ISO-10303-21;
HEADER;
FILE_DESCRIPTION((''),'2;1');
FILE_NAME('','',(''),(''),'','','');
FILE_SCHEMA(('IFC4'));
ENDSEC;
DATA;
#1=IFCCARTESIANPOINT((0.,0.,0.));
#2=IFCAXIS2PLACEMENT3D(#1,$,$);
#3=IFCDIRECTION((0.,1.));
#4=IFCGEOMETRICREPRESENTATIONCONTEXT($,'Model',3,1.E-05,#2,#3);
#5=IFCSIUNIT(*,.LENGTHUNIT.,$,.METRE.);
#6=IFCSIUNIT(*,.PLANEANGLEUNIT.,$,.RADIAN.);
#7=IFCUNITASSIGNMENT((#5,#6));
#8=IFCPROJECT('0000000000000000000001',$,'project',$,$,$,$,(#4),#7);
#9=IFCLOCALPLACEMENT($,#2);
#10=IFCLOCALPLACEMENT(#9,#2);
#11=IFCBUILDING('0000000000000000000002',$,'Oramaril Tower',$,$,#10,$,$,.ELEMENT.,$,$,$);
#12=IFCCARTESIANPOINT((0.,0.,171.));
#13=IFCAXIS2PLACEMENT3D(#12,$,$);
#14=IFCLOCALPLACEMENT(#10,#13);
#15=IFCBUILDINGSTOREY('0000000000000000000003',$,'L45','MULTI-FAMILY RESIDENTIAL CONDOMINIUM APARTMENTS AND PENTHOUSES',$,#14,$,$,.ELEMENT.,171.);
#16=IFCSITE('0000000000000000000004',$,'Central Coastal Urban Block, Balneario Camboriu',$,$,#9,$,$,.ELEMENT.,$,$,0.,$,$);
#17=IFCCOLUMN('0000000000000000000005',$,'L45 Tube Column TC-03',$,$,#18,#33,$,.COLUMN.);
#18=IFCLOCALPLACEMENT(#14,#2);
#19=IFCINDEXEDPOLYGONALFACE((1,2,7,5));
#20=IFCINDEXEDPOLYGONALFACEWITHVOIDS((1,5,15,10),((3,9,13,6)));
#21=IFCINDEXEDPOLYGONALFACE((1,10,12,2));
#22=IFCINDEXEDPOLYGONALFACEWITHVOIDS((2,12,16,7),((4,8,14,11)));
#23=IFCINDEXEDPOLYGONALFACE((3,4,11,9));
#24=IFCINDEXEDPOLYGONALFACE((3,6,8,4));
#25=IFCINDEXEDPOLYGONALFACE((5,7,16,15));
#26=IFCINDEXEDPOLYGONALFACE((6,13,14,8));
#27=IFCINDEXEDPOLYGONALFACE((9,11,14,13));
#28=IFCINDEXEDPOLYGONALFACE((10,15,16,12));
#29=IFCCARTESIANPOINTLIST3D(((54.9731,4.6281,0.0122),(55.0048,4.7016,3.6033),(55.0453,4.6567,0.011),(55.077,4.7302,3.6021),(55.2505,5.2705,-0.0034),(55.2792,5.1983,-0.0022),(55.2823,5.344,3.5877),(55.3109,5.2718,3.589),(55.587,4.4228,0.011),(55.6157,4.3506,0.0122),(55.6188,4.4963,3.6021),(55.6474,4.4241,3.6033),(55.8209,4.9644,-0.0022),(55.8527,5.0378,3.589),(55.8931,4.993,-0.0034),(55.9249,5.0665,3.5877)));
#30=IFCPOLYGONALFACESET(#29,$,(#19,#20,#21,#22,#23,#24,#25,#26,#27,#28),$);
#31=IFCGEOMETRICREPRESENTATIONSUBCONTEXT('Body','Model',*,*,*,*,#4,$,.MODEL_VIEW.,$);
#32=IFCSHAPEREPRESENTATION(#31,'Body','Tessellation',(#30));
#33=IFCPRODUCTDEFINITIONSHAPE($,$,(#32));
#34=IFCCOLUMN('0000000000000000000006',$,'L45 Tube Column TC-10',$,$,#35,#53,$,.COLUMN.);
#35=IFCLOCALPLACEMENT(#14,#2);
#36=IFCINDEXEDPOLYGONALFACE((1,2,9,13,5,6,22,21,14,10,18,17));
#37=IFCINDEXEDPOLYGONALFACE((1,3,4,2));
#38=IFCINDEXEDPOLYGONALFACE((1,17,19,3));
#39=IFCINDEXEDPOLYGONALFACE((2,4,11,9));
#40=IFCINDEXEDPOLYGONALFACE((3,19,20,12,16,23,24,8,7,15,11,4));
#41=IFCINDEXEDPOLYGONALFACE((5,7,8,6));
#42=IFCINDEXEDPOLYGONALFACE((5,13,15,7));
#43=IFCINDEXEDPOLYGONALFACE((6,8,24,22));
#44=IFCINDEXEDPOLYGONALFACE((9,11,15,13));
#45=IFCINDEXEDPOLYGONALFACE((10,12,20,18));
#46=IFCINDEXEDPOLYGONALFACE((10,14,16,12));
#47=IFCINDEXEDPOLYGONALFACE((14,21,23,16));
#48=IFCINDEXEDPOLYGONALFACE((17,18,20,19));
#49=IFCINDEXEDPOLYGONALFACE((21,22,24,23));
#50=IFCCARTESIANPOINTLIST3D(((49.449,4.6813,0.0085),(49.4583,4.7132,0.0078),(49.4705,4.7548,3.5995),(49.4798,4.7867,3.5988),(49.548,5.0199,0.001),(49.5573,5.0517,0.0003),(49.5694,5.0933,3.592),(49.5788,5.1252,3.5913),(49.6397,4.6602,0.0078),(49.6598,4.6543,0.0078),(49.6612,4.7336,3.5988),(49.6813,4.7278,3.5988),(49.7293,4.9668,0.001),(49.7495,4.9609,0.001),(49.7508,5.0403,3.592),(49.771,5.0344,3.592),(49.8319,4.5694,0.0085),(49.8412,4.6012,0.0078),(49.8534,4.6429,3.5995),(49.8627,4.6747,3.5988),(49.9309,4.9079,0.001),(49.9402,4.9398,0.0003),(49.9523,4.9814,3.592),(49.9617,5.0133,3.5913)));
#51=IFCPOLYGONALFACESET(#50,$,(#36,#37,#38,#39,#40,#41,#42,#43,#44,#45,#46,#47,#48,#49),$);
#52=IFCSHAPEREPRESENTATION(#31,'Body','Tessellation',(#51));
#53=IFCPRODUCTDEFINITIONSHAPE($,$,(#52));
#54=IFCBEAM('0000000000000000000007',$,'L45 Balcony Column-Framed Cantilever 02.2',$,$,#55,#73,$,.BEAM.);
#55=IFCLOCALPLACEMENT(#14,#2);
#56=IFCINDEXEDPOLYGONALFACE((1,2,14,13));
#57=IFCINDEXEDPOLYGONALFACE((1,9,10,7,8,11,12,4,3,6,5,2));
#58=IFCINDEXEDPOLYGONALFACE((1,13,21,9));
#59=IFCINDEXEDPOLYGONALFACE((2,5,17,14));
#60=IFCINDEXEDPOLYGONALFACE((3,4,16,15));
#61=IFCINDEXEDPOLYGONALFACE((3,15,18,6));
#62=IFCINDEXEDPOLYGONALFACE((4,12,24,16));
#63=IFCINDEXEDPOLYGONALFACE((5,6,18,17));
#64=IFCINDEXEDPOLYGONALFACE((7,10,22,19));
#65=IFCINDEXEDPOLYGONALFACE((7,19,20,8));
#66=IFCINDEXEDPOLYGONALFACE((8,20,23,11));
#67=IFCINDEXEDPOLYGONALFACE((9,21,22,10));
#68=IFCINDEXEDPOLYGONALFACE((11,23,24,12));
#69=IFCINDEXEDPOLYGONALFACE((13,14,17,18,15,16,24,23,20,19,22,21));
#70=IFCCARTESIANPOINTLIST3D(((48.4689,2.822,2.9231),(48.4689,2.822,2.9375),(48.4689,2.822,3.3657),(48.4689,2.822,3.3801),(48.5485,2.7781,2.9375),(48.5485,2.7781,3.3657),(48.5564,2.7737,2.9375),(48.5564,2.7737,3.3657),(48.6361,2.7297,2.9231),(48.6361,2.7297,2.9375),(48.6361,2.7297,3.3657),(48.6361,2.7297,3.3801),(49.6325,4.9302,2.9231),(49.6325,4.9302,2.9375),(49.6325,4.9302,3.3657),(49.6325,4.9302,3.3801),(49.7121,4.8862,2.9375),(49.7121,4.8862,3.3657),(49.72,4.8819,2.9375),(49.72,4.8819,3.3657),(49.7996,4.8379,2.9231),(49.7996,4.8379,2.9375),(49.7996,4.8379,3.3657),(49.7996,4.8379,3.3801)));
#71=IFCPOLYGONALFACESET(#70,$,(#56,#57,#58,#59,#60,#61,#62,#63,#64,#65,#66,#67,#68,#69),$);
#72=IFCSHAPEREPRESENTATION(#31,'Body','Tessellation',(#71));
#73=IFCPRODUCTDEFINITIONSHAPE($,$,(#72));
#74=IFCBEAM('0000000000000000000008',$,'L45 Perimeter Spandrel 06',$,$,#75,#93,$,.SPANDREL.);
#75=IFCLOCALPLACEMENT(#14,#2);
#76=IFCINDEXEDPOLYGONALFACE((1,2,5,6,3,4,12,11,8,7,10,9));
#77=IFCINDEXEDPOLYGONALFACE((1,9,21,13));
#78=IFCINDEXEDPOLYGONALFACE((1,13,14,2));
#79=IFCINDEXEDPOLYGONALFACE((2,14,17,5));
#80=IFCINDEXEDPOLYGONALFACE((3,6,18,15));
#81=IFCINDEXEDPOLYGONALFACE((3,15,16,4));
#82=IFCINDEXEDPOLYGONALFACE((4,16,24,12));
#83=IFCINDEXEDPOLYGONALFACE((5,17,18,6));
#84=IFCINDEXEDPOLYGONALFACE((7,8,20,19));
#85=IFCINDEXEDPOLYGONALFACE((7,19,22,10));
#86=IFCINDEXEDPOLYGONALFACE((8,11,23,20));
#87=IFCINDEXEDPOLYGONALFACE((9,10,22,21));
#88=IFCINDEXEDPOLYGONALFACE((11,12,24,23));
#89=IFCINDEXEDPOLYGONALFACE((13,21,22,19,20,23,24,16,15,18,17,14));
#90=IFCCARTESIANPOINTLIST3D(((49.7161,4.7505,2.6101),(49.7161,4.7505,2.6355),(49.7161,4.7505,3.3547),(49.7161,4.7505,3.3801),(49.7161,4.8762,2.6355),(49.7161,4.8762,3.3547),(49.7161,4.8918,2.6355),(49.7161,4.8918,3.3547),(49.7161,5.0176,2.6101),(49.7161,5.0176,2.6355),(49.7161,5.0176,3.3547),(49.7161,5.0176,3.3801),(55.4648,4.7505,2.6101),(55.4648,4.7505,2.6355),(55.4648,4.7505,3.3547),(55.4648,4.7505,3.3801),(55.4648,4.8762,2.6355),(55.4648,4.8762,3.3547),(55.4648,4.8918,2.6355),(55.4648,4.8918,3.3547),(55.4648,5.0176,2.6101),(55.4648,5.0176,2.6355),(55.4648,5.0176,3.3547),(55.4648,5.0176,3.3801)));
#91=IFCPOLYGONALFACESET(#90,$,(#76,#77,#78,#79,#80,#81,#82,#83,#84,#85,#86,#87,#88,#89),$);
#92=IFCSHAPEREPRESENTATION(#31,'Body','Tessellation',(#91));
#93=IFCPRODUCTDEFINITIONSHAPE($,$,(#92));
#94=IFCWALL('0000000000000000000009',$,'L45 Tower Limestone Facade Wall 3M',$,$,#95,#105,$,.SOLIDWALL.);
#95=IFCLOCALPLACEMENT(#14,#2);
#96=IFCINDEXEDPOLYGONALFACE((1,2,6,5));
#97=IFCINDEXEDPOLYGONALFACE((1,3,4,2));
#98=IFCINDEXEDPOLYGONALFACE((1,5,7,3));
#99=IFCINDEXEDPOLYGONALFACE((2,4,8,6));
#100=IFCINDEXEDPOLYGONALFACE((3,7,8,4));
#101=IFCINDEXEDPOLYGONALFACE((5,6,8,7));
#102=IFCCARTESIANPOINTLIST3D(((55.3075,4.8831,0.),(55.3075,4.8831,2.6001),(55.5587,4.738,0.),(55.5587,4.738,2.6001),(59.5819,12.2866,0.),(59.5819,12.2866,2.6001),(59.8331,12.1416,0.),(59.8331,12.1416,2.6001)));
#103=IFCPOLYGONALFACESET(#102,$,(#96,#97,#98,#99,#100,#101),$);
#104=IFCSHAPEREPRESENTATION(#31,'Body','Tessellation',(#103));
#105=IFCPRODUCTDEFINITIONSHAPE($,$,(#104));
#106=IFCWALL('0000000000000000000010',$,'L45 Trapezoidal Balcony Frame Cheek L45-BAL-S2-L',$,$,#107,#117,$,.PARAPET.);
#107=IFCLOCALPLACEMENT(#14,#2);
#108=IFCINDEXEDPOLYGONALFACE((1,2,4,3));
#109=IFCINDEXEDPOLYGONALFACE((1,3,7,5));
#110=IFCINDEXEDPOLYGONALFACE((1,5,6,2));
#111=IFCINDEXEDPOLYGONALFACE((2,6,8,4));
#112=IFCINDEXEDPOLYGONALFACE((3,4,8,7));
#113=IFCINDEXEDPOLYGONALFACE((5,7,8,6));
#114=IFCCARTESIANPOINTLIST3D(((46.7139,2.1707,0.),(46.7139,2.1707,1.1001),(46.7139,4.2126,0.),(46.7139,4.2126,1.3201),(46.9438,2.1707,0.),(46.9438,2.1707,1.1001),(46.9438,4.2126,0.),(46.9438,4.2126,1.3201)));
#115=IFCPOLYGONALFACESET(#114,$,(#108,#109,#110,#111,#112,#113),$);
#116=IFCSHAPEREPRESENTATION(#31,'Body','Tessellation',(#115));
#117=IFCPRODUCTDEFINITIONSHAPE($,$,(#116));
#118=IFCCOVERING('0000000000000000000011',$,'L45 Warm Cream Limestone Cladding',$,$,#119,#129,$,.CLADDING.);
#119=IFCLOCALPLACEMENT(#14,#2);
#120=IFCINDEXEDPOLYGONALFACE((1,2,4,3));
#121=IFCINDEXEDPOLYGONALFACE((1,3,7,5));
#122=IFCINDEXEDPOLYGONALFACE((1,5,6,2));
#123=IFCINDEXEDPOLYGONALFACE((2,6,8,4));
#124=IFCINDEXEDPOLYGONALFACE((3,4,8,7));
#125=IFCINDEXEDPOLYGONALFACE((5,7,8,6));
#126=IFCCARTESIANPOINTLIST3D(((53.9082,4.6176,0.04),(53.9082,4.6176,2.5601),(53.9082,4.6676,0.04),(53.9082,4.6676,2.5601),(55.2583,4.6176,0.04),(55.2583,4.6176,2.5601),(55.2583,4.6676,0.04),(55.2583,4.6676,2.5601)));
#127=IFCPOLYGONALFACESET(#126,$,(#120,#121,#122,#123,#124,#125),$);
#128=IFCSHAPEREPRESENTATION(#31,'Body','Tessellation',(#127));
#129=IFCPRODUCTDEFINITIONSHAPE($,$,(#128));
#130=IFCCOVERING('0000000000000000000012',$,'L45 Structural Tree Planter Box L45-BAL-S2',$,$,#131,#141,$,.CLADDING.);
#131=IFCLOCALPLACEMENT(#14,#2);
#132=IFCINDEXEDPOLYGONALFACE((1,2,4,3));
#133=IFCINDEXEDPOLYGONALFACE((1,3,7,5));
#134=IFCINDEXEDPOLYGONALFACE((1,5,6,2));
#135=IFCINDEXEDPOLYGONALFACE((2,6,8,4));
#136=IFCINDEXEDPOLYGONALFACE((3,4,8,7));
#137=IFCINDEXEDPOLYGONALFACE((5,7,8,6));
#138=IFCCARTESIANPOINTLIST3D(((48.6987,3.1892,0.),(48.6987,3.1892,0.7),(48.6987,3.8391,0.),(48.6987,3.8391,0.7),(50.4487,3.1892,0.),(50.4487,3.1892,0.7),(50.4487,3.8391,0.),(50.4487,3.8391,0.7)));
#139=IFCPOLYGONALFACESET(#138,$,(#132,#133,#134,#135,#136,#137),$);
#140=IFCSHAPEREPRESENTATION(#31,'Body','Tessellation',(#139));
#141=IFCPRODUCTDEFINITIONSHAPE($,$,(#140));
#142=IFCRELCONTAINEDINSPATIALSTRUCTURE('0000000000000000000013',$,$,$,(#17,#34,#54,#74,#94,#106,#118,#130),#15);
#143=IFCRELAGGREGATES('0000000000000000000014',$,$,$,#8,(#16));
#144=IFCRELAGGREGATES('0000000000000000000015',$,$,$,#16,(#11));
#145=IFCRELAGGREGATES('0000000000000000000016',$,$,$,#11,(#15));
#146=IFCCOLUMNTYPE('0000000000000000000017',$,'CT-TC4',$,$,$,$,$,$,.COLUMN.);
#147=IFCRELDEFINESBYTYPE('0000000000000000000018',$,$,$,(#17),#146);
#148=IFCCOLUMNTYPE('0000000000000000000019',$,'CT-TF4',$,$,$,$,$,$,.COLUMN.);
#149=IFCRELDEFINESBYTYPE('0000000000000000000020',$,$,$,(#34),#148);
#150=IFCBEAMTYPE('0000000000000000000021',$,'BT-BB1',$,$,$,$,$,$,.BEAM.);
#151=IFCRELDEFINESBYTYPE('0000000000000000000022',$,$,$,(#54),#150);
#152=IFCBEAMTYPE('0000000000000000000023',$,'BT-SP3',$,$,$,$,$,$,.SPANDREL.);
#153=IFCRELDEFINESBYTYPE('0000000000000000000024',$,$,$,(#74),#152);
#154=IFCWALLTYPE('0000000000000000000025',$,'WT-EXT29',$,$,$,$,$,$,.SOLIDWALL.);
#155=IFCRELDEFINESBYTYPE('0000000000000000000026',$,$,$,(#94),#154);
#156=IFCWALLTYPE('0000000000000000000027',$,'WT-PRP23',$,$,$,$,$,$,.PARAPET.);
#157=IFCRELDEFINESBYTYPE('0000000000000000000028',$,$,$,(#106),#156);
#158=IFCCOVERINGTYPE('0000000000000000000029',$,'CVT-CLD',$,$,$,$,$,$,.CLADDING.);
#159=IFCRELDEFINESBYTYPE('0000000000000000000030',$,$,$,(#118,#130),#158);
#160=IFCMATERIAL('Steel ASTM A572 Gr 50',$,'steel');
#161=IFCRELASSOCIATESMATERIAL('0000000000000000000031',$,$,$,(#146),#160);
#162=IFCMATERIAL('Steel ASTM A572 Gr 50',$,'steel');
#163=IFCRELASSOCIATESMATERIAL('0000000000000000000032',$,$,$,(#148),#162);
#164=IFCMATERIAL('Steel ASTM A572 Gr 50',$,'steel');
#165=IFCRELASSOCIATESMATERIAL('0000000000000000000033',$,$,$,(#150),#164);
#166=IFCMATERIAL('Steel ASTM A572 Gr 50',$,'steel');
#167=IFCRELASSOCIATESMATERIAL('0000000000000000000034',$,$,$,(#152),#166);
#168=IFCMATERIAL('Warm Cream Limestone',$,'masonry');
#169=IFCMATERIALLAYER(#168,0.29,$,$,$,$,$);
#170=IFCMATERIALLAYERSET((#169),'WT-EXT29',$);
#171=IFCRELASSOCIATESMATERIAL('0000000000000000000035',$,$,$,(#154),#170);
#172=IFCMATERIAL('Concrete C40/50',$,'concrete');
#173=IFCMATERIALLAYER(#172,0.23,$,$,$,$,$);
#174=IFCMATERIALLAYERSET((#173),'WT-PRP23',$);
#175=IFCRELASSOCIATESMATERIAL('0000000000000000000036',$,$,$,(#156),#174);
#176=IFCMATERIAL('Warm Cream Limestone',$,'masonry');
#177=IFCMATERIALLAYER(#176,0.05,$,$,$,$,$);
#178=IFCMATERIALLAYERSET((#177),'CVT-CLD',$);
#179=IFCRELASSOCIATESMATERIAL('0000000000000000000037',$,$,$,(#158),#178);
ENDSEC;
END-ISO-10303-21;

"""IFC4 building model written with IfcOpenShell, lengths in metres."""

from ifc_helpers import new_model, si_unit, direction, frame, frame_2d, origin, origin_2d, place, context, subcontext, project, spatial, polyline, rectangle, hollow_rectangle, i_section, outline, extrude, material, layer, layer_set, material_profile, profile_set, type_object, element, save


model = new_model("IFC4")

# Units and contexts
model_context = context("Model", 3, precision=1e-05, world=origin(), true_north=direction((0.0, 1.0)))
body_context = subcontext(model_context, "Body", "Model", "MODEL_VIEW")
ifc_project = project(units=[si_unit("LENGTHUNIT", "METRE"), si_unit("PLANEANGLEUNIT", "RADIAN")], contexts=[model_context])

# Site, building, storey
site_placement = place(None, origin())
site = spatial("IfcSite", under=ifc_project, at=site_placement, Name="Central Coastal Urban Block, Balneario Camboriu", CompositionType="ELEMENT", RefElevation=0.0)
building_placement = place(site_placement, origin())
building = spatial("IfcBuilding", under=site, at=building_placement, Name="Oramaril Tower", CompositionType="ELEMENT")
storey_placement = place(building_placement, frame((0.0, 0.0, 171.0)))
storey = spatial("IfcBuildingStorey", under=building, at=storey_placement, Name="L45", Description="MULTI-FAMILY RESIDENTIAL CONDOMINIUM APARTMENTS AND PENTHOUSES", CompositionType="ELEMENT", Elevation=171.0)

# Columns
ifc_material_1 = material(Name="Steel ASTM A572 Gr 50", Category="steel")
ifc_material_profile_1 = material_profile(ifc_material_1, hollow_rectangle(XDim=0.7, YDim=0.7, WallThickness=0.0549, at=origin_2d()), Name="BOX700X700X55")
ifc_profile_set_1 = profile_set([ifc_material_profile_1], Name="Steel ASTM A572 Gr 50")
column_type_1 = type_object("IfcColumnType", Name="CT-TC4", PredefinedType="COLUMN", material=ifc_profile_set_1)
column_1_placement = place(storey_placement, frame((55.4331, 4.8105, 0.0044), z_axis=(0.008836, 0.020459, 0.999752), x_axis=(-0.918037, 0.396494, 0.0)))
element("IfcColumn", 1, at=column_1_placement, inside=storey, type_object=column_type_1, Name="L45 Tube Column TC-03", PredefinedType="COLUMN", context=body_context, shape_type="SweptSolid", body=[
    extrude(hollow_rectangle(XDim=0.7, YDim=0.7, WallThickness=0.0549, at=origin_2d()), origin(), (0.0, 0.0, 1.0), 3.592),
])
ifc_material_2 = material(Name="Steel ASTM A572 Gr 50", Category="steel")
ifc_material_profile_2 = material_profile(ifc_material_2, i_section(OverallWidth=0.3989, OverallDepth=0.386, WebThickness=0.021, FlangeThickness=0.0332, at=origin_2d()), Name="W14X176")
ifc_profile_set_2 = profile_set([ifc_material_profile_2], Name="Steel ASTM A572 Gr 50")
column_type_2 = type_object("IfcColumnType", Name="CT-TF4", PredefinedType="COLUMN", material=ifc_profile_set_2)
column_2_placement = place(storey_placement, frame((49.6946, 4.8105, 0.0044), z_axis=(0.005981, 0.020459, 0.999773), x_axis=(-0.959821, 0.280612, 0.0)))
element("IfcColumn", 2, at=column_2_placement, inside=storey, type_object=column_type_2, Name="L45 Tube Column TC-10", PredefinedType="COLUMN", context=body_context, shape_type="SweptSolid", body=[
    extrude(i_section(OverallWidth=0.3989, OverallDepth=0.386, WebThickness=0.021, FlangeThickness=0.0332, at=origin_2d()), origin(), (0.0, 0.0, 1.0), 3.5918),
])

# Beams
ifc_material_3 = material(Name="Steel ASTM A572 Gr 50", Category="steel")
ifc_material_profile_3 = material_profile(ifc_material_3, i_section(OverallWidth=0.1909, OverallDepth=0.457, WebThickness=0.009, FlangeThickness=0.0144, at=origin_2d()), Name="W18X50")
ifc_profile_set_3 = profile_set([ifc_material_profile_3], Name="Steel ASTM A572 Gr 50")
beam_type_1 = type_object("IfcBeamType", Name="BT-BB1", PredefinedType="BEAM", material=ifc_profile_set_3)
beam_1_placement = place(storey_placement, frame((49.7161, 4.884, 3.1516), z_axis=(-0.483222, -0.875498, 0.0), x_axis=(0.875498, -0.483222, 0.0)))
element("IfcBeam", 3, at=beam_1_placement, inside=storey, type_object=beam_type_1, Name="L45 Balcony Column-Framed Cantilever 02.2", PredefinedType="BEAM", context=body_context, shape_type="SweptSolid", body=[
    extrude(i_section(OverallWidth=0.1909, OverallDepth=0.457, WebThickness=0.009, FlangeThickness=0.0144, at=origin_2d()), origin(), (0.0, 0.0, 1.0), 2.408),
])
ifc_material_4 = material(Name="Steel ASTM A572 Gr 50", Category="steel")
ifc_material_profile_4 = material_profile(ifc_material_4, i_section(OverallWidth=0.2671, OverallDepth=0.77, WebThickness=0.0156, FlangeThickness=0.0254, at=origin_2d()), Name="W30X132")
ifc_profile_set_4 = profile_set([ifc_material_profile_4], Name="Steel ASTM A572 Gr 50")
beam_type_2 = type_object("IfcBeamType", Name="BT-SP3", PredefinedType="SPANDREL", material=ifc_profile_set_4)
beam_2_placement = place(storey_placement, frame((49.7161, 4.884, 2.9951), z_axis=(1.0, 0.0, 0.0), x_axis=(0.0, 1.0, 0.0)))
element("IfcBeam", 4, at=beam_2_placement, inside=storey, type_object=beam_type_2, Name="L45 Perimeter Spandrel 06", PredefinedType="SPANDREL", context=body_context, shape_type="SweptSolid", body=[
    extrude(i_section(OverallWidth=0.2671, OverallDepth=0.77, WebThickness=0.0156, FlangeThickness=0.0254, at=origin_2d()), origin(), (0.0, 0.0, 1.0), 5.7488),
])

# Walls
ifc_material_5 = material(Name="Warm Cream Limestone", Category="masonry")
ifc_layer_1 = layer(ifc_material_5, 0.29)
ifc_layer_set_1 = layer_set([ifc_layer_1], Name="WT-EXT29")
wall_type_1 = type_object("IfcWallType", Name="WT-EXT29", PredefinedType="SOLIDWALL", material=ifc_layer_set_1)
wall_1_placement = place(storey_placement, frame((55.4331, 4.8105, 0.0), z_axis=(0.0, 0.0, 1.0), x_axis=(0.499997, 0.866027, 0.0)))
element("IfcWall", 5, at=wall_1_placement, inside=storey, type_object=wall_type_1, Name="L45 Tower Limestone Facade Wall 3M", PredefinedType="SOLIDWALL", context=body_context, shape_type="SweptSolid", body=[
    extrude(rectangle(XDim=8.5488, YDim=0.29, at=frame_2d((4.2744, 0.0))), origin(), (0.0, 0.0, 1.0), 2.6001),
])
ifc_material_6 = material(Name="Concrete C40/50", Category="concrete")
ifc_layer_2 = layer(ifc_material_6, 0.23)
ifc_layer_set_2 = layer_set([ifc_layer_2], Name="WT-PRP23")
wall_type_2 = type_object("IfcWallType", Name="WT-PRP23", PredefinedType="PARAPET", material=ifc_layer_set_2)
wall_2_placement = place(storey_placement, frame((46.8289, 4.2126, 0.0), z_axis=(0.0, 0.0, 1.0), x_axis=(0.0, -1.0, 0.0)))
element("IfcWall", 6, at=wall_2_placement, inside=storey, type_object=wall_type_2, Name="L45 Trapezoidal Balcony Frame Cheek L45-BAL-S2-L", PredefinedType="PARAPET", context=body_context, shape_type="SweptSolid", body=[
    extrude(outline(polyline([(0.0, 0.0), (2.042, 0.0), (2.042, 1.1001), (0.0, 1.3201), (0.0, 0.0)])), frame((0.0, 0.115, 0.0), z_axis=(0.0, -1.0, 0.0), x_axis=(1.0, 0.0, 0.0)), (0.0, 0.0, 1.0), 0.23),
])

# Coverings
ifc_material_7 = material(Name="Warm Cream Limestone", Category="masonry")
ifc_layer_3 = layer(ifc_material_7, 0.05)
ifc_layer_set_3 = layer_set([ifc_layer_3], Name="CVT-CLD")
covering_type = type_object("IfcCoveringType", Name="CVT-CLD", PredefinedType="CLADDING", material=ifc_layer_set_3)
covering_1_placement = place(storey_placement, frame((54.5833, 4.6426, 0.04), z_axis=(0.0, 0.0, 1.0), x_axis=(1.0, 0.0, 0.0)))
element("IfcCovering", 7, at=covering_1_placement, inside=storey, type_object=covering_type, Name="L45 Warm Cream Limestone Cladding", PredefinedType="CLADDING", context=body_context, shape_type="SweptSolid", body=[
    extrude(rectangle(XDim=1.3501, YDim=0.05, at=origin_2d()), origin(), (0.0, 0.0, 1.0), 2.52),
])
covering_2_placement = place(storey_placement, frame((49.5737, 3.5142, 0.0), z_axis=(0.0, 0.0, 1.0), x_axis=(1.0, 0.0, 0.0)))
element("IfcCovering", 8, at=covering_2_placement, inside=storey, type_object=covering_type, Name="L45 Structural Tree Planter Box L45-BAL-S2", PredefinedType="CLADDING", context=body_context, shape_type="SweptSolid", body=[
    extrude(rectangle(XDim=1.75, YDim=0.6499, at=origin_2d()), origin(), (0.0, 0.0, 1.0), 0.7),
])

save(model, "model.ifc")
